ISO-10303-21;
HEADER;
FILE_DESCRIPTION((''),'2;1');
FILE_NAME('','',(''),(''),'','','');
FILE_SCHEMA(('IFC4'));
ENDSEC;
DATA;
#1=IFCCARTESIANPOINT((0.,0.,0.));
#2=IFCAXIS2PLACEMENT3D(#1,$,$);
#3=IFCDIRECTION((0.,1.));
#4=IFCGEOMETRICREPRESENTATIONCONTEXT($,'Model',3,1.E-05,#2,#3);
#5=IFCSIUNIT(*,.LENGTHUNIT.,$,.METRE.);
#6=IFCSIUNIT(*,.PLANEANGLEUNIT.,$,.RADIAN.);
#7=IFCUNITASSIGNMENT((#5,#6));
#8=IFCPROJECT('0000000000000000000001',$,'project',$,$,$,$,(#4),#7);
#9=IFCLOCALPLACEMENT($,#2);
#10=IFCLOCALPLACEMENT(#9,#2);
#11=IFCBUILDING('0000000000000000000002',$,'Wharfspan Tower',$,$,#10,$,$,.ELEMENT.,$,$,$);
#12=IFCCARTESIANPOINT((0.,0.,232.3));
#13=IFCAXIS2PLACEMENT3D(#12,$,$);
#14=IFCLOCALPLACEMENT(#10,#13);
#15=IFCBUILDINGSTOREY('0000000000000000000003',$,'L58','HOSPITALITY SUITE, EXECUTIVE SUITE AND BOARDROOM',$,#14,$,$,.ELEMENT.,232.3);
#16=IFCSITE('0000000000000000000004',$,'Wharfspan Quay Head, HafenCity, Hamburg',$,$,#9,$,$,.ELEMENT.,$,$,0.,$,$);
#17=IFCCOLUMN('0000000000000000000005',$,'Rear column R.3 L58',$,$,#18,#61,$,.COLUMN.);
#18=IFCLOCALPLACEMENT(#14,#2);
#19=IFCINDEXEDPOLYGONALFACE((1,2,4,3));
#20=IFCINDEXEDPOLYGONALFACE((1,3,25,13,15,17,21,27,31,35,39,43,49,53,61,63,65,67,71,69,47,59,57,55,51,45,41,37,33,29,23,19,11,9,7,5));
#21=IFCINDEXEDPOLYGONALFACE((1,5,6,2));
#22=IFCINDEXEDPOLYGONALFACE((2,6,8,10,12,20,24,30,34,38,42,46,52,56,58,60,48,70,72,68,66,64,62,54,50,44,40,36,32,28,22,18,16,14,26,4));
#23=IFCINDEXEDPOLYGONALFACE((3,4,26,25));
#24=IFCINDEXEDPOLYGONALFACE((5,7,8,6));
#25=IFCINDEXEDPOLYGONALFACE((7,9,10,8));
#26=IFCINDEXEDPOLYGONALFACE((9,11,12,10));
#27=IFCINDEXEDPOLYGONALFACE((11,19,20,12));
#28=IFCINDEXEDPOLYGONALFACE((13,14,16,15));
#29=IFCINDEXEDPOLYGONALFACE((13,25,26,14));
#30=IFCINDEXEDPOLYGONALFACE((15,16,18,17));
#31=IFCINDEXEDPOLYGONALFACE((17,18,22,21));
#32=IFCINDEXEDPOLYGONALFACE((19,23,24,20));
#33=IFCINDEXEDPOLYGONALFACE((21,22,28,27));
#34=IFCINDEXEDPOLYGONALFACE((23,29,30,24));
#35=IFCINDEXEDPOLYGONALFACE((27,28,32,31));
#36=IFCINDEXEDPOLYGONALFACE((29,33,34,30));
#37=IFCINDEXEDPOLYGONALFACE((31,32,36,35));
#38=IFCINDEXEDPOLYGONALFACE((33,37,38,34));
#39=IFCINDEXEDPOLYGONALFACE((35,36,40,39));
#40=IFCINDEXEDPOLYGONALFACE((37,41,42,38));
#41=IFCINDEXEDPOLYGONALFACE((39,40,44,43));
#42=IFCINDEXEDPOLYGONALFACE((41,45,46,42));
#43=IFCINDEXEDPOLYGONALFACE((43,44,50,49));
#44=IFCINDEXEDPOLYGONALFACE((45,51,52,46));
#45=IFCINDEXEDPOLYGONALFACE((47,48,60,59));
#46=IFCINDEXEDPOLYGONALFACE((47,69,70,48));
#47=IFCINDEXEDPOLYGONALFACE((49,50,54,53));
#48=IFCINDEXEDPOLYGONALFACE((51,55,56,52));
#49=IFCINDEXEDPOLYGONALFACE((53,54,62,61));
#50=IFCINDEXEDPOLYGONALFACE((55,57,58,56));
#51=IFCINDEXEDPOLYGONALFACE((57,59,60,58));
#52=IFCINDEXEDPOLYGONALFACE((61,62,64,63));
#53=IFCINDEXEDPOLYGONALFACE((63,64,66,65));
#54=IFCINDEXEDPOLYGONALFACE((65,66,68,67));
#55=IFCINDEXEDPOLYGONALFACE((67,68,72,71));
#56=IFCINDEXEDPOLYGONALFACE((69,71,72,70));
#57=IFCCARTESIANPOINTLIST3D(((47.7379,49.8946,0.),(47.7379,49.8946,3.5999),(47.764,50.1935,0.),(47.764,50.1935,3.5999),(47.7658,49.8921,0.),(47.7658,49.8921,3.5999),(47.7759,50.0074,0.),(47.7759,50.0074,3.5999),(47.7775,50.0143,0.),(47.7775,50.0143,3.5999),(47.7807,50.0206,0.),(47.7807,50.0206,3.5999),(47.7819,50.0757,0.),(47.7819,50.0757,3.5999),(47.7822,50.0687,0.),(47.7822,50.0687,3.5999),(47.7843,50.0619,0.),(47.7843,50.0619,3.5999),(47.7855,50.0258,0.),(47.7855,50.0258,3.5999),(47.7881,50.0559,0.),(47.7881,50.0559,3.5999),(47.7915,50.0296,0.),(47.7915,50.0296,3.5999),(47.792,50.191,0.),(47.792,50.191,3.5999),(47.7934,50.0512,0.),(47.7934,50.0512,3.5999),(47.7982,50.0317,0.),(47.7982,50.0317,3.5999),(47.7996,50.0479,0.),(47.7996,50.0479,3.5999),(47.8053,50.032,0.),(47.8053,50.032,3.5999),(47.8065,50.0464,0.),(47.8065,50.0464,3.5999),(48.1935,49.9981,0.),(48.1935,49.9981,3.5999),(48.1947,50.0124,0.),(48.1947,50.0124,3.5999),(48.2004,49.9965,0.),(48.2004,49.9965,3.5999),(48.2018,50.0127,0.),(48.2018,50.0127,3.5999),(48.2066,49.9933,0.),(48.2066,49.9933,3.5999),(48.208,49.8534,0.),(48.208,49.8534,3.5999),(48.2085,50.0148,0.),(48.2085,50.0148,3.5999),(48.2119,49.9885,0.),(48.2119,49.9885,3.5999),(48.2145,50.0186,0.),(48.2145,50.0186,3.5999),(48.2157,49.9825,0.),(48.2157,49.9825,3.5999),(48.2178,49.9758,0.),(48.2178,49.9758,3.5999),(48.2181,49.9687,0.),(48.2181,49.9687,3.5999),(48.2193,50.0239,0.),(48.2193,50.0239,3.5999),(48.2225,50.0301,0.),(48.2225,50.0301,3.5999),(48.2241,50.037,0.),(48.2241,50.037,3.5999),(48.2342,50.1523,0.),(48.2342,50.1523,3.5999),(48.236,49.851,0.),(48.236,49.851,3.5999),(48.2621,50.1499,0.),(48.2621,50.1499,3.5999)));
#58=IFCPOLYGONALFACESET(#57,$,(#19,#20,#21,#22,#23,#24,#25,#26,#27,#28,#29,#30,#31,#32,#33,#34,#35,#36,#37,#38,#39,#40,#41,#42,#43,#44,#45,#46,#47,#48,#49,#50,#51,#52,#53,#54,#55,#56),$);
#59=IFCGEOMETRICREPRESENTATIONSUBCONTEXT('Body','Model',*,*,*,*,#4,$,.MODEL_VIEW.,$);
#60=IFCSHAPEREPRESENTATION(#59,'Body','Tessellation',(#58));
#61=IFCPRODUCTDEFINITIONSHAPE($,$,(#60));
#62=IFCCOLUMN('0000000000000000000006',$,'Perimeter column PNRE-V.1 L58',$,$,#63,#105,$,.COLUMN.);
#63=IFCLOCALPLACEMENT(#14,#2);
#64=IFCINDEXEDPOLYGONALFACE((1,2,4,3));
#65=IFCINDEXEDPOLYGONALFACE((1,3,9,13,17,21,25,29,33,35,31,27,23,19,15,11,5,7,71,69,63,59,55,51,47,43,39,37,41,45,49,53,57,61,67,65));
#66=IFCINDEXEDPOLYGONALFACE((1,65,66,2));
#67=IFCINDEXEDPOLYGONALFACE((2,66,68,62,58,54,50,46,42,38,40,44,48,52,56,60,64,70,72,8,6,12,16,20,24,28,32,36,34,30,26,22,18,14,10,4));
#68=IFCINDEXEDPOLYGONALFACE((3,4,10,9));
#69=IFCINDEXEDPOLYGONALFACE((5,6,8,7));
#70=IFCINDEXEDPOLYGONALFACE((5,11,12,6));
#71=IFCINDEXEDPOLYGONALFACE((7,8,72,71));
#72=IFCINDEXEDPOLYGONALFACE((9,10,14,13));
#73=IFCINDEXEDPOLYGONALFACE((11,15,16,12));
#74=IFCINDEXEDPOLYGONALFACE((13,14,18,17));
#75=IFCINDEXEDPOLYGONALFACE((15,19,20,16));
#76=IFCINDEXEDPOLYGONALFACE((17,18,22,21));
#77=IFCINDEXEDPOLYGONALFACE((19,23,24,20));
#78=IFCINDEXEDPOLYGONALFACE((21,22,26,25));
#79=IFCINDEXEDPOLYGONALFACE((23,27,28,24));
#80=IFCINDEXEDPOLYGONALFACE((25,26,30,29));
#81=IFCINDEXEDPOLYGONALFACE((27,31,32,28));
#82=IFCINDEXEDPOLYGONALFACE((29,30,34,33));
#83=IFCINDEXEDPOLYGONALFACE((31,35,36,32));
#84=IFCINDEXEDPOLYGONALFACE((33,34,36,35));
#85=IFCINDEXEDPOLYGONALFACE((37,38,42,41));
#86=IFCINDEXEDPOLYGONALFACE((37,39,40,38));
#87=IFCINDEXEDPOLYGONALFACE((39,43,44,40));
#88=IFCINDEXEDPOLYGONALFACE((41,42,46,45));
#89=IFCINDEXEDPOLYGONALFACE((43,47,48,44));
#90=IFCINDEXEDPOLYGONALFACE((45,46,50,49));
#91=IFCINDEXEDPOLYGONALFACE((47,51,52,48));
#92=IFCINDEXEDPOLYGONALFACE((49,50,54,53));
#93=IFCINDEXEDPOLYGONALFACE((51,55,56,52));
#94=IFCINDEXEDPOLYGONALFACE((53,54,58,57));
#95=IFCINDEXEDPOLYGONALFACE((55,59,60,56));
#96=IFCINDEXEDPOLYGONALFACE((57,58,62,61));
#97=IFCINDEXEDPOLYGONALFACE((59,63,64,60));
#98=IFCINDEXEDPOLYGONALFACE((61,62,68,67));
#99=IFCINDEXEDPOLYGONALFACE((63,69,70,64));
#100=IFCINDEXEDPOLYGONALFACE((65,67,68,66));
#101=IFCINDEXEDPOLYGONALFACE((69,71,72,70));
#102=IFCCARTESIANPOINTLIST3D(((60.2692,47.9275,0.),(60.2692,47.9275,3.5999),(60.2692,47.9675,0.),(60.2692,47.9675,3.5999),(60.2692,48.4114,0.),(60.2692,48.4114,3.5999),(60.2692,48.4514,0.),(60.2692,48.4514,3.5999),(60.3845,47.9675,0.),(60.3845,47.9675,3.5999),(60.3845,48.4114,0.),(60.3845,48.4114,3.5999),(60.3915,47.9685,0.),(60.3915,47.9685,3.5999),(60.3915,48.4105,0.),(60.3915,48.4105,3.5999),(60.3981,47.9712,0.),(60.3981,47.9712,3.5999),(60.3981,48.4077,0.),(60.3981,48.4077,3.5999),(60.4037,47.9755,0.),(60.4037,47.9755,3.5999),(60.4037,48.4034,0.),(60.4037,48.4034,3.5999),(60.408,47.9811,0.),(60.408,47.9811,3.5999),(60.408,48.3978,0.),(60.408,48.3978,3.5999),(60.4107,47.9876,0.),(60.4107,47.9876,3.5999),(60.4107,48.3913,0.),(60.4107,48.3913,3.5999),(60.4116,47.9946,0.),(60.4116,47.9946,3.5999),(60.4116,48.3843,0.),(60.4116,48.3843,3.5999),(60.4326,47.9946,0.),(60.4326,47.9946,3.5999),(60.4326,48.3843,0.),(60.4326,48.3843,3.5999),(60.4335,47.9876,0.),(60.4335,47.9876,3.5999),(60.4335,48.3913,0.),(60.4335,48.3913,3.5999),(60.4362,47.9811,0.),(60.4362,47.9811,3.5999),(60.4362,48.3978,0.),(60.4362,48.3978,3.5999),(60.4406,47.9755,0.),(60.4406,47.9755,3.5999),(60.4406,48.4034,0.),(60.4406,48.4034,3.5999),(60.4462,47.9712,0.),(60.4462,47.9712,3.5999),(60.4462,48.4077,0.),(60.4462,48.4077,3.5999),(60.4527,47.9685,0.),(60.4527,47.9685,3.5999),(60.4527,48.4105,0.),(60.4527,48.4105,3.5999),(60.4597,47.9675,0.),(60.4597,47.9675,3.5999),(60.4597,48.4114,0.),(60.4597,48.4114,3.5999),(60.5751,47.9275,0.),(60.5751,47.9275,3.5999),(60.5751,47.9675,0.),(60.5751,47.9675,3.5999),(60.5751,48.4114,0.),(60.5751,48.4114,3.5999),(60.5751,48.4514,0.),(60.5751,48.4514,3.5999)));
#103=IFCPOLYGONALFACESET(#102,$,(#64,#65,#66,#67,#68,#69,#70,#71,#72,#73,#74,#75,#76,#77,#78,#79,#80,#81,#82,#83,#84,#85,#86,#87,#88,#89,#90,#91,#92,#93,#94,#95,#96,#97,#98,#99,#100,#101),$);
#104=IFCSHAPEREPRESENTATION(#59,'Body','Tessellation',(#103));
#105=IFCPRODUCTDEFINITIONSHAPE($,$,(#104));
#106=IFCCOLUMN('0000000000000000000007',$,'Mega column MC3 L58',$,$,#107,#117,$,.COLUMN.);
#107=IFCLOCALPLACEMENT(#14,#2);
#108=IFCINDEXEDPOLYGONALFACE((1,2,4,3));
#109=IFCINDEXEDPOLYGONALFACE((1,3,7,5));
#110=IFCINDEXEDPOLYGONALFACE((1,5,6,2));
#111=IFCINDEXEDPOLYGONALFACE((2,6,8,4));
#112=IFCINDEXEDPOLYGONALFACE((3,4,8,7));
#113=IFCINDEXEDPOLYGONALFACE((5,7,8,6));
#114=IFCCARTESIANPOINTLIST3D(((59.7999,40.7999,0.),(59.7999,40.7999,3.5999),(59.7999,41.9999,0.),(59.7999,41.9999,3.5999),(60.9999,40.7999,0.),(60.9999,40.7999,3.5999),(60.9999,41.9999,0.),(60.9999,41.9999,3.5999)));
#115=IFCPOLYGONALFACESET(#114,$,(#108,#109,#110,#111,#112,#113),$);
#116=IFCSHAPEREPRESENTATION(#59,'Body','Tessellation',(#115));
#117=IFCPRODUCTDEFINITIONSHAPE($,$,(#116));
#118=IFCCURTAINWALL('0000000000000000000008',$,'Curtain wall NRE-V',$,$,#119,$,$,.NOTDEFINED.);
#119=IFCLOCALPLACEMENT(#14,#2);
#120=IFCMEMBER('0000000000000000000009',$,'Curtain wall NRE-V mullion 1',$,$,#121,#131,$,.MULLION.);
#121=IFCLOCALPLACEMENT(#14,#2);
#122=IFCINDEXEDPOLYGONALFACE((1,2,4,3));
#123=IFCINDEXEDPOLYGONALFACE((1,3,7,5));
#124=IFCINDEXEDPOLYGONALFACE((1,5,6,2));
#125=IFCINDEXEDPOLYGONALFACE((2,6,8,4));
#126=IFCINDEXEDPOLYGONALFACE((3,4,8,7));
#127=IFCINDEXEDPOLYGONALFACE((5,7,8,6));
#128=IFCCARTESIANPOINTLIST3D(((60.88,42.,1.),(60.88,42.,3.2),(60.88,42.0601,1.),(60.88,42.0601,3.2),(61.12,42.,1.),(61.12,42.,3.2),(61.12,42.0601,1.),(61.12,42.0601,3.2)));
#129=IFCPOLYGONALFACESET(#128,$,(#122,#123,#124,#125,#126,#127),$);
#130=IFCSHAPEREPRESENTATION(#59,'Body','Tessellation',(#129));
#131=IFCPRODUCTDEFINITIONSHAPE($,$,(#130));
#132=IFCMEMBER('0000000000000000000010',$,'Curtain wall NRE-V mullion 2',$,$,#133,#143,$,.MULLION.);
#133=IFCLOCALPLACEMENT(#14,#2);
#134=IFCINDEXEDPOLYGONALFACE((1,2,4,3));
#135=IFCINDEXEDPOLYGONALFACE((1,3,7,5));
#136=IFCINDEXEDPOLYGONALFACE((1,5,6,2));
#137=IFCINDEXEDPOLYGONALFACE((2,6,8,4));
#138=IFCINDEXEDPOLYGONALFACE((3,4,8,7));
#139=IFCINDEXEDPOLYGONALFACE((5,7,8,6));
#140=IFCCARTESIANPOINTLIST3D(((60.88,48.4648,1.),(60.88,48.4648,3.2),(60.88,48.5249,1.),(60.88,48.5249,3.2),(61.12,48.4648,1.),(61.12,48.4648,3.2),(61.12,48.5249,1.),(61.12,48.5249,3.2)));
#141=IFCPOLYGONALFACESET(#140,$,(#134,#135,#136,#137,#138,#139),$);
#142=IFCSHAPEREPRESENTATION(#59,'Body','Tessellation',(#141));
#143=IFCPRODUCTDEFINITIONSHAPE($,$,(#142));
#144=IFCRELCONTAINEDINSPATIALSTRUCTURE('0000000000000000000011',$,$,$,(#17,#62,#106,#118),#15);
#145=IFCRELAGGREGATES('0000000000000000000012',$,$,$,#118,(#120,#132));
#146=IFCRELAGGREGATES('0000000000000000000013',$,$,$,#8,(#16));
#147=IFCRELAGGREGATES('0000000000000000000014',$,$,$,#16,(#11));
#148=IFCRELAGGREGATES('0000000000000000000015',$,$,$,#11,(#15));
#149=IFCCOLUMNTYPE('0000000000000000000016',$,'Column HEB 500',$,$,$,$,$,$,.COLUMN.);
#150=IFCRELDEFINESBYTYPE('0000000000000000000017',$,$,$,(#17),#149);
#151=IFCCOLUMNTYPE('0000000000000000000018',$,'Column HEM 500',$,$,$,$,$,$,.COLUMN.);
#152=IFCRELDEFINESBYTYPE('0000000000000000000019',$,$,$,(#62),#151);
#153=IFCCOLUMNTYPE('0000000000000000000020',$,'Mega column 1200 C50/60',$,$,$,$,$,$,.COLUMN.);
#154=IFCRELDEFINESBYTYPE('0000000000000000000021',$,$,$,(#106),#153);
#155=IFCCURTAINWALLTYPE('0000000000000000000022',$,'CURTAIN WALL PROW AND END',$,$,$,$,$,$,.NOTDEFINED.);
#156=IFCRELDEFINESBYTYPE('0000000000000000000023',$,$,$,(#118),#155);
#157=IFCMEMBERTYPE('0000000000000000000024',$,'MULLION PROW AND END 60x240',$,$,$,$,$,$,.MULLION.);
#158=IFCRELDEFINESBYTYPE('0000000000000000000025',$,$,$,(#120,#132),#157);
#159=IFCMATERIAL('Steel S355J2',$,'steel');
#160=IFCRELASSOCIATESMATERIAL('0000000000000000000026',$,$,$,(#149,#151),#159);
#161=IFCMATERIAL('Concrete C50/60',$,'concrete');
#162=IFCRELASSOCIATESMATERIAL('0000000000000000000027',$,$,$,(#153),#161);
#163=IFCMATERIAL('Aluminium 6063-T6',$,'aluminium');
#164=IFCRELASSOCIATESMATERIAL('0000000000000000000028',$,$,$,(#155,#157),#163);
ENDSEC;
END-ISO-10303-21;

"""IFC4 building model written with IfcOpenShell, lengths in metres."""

from ifc_helpers import new_model, si_unit, direction, frame, origin, origin_2d, place, context, subcontext, project, spatial, rectangle, i_section, extrude, material, material_profile, profile_set, type_object, element, aggregate, save


model = new_model("IFC4")

# Units and contexts
model_context = context("Model", 3, precision=1e-05, world=origin(), true_north=direction((0.0, 1.0)))
body_context = subcontext(model_context, "Body", "Model", "MODEL_VIEW")
ifc_project = project(units=[si_unit("LENGTHUNIT", "METRE"), si_unit("PLANEANGLEUNIT", "RADIAN")], contexts=[model_context])

# Site, building, storey
site_placement = place(None, origin())
site = spatial("IfcSite", under=ifc_project, at=site_placement, Name="Wharfspan Quay Head, HafenCity, Hamburg", CompositionType="ELEMENT", RefElevation=0.0)
building_placement = place(site_placement, origin())
building = spatial("IfcBuilding", under=site, at=building_placement, Name="Wharfspan Tower", CompositionType="ELEMENT")
storey_placement = place(building_placement, frame((0.0, 0.0, 232.3)))
storey = spatial("IfcBuildingStorey", under=building, at=storey_placement, Name="L58", Description="HOSPITALITY SUITE, EXECUTIVE SUITE AND BOARDROOM", CompositionType="ELEMENT", Elevation=232.3)

# Columns
ifc_material_1 = material(Name="Steel S355J2", Category="steel")
ifc_material_profile_1 = material_profile(ifc_material_1, i_section(OverallWidth=0.3, OverallDepth=0.5, WebThickness=0.0144, FlangeThickness=0.0281, FilletRadius=0.0271, at=origin_2d()))
ifc_profile_set_1 = profile_set([ifc_material_profile_1], Name="Steel S355J2")
column_type_1 = type_object("IfcColumnType", Name="Column HEB 500", PredefinedType="COLUMN", material=ifc_profile_set_1)
column_1_placement = place(storey_placement, frame((48.0, 50.0222, 0.0), z_axis=(0.0, 0.0, 1.0), x_axis=(0.087156, 0.996197, 0.0)))
element("IfcColumn", 1, at=column_1_placement, inside=storey, type_object=column_type_1, Name="Rear column R.3 L58", PredefinedType="COLUMN", context=body_context, shape_type="SweptSolid", body=[
    extrude(i_section(OverallWidth=0.3, OverallDepth=0.5, WebThickness=0.0144, FlangeThickness=0.0281, FilletRadius=0.0271, at=origin_2d()), origin(), (0.0, 0.0, 1.0), 3.5999),
])
ifc_material_profile_2 = material_profile(ifc_material_1, i_section(OverallWidth=0.3059, OverallDepth=0.5239, WebThickness=0.021, FlangeThickness=0.04, FilletRadius=0.0271, at=origin_2d()))
ifc_profile_set_2 = profile_set([ifc_material_profile_2], Name="Steel S355J2")
column_type_2 = type_object("IfcColumnType", Name="Column HEM 500", PredefinedType="COLUMN", material=ifc_profile_set_2)
column_2_placement = place(storey_placement, frame((60.4221, 48.1895, 0.0), z_axis=(0.0, 0.0, 1.0), x_axis=(1.0, 0.0, 0.0)))
element("IfcColumn", 2, at=column_2_placement, inside=storey, type_object=column_type_2, Name="Perimeter column PNRE-V.1 L58", PredefinedType="COLUMN", context=body_context, shape_type="SweptSolid", body=[
    extrude(i_section(OverallWidth=0.3059, OverallDepth=0.5239, WebThickness=0.021, FlangeThickness=0.04, FilletRadius=0.0271, at=origin_2d()), origin(), (0.0, 0.0, 1.0), 3.5999),
])
ifc_material_2 = material(Name="Concrete C50/60", Category="concrete")
ifc_material_profile_3 = material_profile(ifc_material_2, rectangle(XDim=1.2, YDim=1.2, at=origin_2d()))
ifc_profile_set_3 = profile_set([ifc_material_profile_3], Name="Concrete C50/60")
column_type_3 = type_object("IfcColumnType", Name="Mega column 1200 C50/60", PredefinedType="COLUMN", material=ifc_profile_set_3)
column_3_placement = place(storey_placement, frame((60.3999, 41.3999, 0.0), z_axis=(0.0, 0.0, 1.0), x_axis=(1.0, 0.0, 0.0)))
element("IfcColumn", 3, at=column_3_placement, inside=storey, type_object=column_type_3, Name="Mega column MC3 L58", PredefinedType="COLUMN", context=body_context, shape_type="SweptSolid", body=[
    extrude(rectangle(XDim=1.2, YDim=1.2, at=origin_2d()), origin(), (0.0, 0.0, 1.0), 3.5999),
])

# Curtain wall, members
ifc_material_3 = material(Name="Aluminium 6063-T6", Category="aluminium")
curtain_wall_type = type_object("IfcCurtainWallType", Name="CURTAIN WALL PROW AND END", PredefinedType="NOTDEFINED", material=ifc_material_3)
curtain_wall_placement = place(storey_placement, origin())
curtain_wall = element("IfcCurtainWall", 4, at=curtain_wall_placement, inside=storey, type_object=curtain_wall_type, Name="Curtain wall NRE-V", PredefinedType="NOTDEFINED")
ifc_material_profile_4 = material_profile(ifc_material_3, rectangle(XDim=0.24, YDim=0.0601, at=origin_2d()))
ifc_profile_set_4 = profile_set([ifc_material_profile_4], Name="Aluminium 6063-T6")
member_type_1 = type_object("IfcMemberType", Name="MULLION PROW AND END 60x240", PredefinedType="MULLION", material=ifc_profile_set_4)
member_1_placement = place(storey_placement, frame((61.0, 42.03, 1.0), z_axis=(0.0, 0.0, 1.0), x_axis=(-1.0, 0.0, 0.0)))
member_1 = element("IfcMember", 5, at=member_1_placement, type_object=member_type_1, Name="Curtain wall NRE-V mullion 1", PredefinedType="MULLION", context=body_context, shape_type="SweptSolid", body=[
    extrude(rectangle(XDim=0.24, YDim=0.0601, at=origin_2d()), origin(), (0.0, 0.0, 1.0), 2.2),
])
member_2_placement = place(storey_placement, frame((61.0, 48.4949, 1.0), z_axis=(0.0, 0.0, 1.0), x_axis=(-1.0, 0.0, 0.0)))
member_2 = element("IfcMember", 6, at=member_2_placement, type_object=member_type_1, Name="Curtain wall NRE-V mullion 2", PredefinedType="MULLION", context=body_context, shape_type="SweptSolid", body=[
    extrude(rectangle(XDim=0.24, YDim=0.0601, at=origin_2d()), origin(), (0.0, 0.0, 1.0), 2.2),
])

aggregate(curtain_wall, [member_1, member_2])

save(model, "model.ifc")
